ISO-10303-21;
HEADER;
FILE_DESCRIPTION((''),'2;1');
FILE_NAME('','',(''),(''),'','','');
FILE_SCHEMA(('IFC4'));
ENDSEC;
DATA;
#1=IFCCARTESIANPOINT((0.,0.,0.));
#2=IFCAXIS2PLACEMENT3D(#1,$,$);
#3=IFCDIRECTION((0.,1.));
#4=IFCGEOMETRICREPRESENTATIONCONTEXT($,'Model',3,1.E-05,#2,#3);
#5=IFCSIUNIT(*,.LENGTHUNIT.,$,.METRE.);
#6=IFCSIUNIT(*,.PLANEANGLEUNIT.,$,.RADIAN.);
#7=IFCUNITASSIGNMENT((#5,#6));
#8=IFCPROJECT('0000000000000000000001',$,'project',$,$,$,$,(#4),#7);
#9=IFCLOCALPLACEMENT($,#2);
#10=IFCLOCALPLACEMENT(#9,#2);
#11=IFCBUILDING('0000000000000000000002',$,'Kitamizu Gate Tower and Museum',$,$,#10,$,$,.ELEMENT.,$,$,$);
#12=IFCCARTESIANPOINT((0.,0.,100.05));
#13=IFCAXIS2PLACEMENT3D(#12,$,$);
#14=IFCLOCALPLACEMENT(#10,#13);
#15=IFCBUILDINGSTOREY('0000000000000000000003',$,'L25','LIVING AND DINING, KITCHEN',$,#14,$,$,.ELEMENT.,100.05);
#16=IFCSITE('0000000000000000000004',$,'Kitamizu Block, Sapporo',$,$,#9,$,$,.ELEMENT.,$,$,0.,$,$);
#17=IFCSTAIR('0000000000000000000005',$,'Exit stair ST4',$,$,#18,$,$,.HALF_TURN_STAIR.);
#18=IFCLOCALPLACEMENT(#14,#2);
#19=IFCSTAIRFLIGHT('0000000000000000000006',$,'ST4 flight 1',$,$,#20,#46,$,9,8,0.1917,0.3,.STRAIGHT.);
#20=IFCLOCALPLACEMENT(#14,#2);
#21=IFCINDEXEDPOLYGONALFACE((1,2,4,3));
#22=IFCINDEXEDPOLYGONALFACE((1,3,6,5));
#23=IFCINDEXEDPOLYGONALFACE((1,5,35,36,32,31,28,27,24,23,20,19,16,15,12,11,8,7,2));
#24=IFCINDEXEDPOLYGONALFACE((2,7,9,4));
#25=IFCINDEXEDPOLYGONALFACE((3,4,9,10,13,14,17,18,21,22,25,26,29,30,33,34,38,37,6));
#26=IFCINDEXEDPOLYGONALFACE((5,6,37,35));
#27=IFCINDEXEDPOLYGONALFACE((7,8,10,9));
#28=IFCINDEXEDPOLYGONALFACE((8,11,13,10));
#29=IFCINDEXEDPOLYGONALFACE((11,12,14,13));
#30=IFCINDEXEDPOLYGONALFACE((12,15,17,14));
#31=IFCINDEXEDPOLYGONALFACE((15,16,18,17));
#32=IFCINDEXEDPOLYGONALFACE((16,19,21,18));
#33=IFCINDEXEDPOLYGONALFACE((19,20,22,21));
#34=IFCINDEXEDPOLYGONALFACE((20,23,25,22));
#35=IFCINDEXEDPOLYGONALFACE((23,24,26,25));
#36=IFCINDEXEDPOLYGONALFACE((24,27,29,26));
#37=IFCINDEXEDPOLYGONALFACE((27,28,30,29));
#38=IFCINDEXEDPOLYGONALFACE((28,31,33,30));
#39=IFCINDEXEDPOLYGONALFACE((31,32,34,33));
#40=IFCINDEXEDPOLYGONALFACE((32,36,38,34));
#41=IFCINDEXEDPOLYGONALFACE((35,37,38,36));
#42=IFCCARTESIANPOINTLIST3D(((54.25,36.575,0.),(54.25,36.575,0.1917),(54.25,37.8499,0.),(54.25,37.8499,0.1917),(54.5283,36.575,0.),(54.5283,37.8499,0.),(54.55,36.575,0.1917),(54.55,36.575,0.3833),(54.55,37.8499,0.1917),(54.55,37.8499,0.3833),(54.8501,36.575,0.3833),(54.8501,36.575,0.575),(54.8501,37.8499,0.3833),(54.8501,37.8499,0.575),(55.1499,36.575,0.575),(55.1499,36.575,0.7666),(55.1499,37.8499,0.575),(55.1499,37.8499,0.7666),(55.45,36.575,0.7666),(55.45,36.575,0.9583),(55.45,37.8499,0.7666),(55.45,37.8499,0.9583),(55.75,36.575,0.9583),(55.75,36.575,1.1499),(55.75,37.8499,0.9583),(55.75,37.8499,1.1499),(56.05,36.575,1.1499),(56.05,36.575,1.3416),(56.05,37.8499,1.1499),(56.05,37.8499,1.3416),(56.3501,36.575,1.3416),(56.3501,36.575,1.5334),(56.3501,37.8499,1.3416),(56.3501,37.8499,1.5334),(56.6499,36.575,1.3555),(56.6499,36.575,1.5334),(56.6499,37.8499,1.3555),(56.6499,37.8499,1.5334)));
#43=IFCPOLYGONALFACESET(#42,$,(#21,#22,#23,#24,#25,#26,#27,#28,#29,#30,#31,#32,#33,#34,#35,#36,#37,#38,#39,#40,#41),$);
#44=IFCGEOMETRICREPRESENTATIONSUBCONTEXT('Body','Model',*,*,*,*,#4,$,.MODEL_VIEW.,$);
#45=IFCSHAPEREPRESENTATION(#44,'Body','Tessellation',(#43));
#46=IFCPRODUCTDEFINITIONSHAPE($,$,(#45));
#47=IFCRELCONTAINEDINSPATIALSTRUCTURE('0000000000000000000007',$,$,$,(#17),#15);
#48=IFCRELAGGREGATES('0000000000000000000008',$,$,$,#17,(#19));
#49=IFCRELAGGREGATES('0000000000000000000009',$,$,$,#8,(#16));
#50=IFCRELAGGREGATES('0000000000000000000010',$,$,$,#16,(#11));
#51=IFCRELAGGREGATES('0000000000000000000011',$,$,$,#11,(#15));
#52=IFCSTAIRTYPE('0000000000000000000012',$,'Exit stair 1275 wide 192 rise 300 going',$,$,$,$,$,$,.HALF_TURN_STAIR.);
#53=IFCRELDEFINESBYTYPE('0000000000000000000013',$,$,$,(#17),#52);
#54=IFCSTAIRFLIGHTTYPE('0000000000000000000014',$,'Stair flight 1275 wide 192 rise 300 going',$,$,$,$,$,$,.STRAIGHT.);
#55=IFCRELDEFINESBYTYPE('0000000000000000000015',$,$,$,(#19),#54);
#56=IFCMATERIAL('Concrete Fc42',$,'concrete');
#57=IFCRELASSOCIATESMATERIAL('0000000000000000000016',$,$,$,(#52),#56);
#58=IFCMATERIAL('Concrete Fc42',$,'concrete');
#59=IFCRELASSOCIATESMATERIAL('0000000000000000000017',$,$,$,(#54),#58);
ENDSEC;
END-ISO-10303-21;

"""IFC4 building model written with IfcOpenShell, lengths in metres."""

from ifc_helpers import new_model, si_unit, direction, frame, origin, place, context, subcontext, project, spatial, polyline, outline, extrude, material, type_object, element, aggregate, save


model = new_model("IFC4")

# Units and contexts
model_context = context("Model", 3, precision=1e-05, world=origin(), true_north=direction((0.0, 1.0)))
body_context = subcontext(model_context, "Body", "Model", "MODEL_VIEW")
ifc_project = project(units=[si_unit("LENGTHUNIT", "METRE"), si_unit("PLANEANGLEUNIT", "RADIAN")], contexts=[model_context])

# Site, building, storey
site_placement = place(None, origin())
site = spatial("IfcSite", under=ifc_project, at=site_placement, Name="Kitamizu Block, Sapporo", CompositionType="ELEMENT", RefElevation=0.0)
building_placement = place(site_placement, origin())
building = spatial("IfcBuilding", under=site, at=building_placement, Name="Kitamizu Gate Tower and Museum", CompositionType="ELEMENT")
storey_placement = place(building_placement, frame((0.0, 0.0, 100.05)))
storey = spatial("IfcBuildingStorey", under=building, at=storey_placement, Name="L25", Description="LIVING AND DINING, KITCHEN", CompositionType="ELEMENT", Elevation=100.05)

# Stair, stair flight
ifc_material_1 = material(Name="Concrete Fc42", Category="concrete")
stair_type = type_object("IfcStairType", Name="Exit stair 1275 wide 192 rise 300 going", PredefinedType="HALF_TURN_STAIR", material=ifc_material_1)
stair_placement = place(storey_placement, origin())
stair = element("IfcStair", 1, at=stair_placement, inside=storey, type_object=stair_type, Name="Exit stair ST4", PredefinedType="HALF_TURN_STAIR")
ifc_material_2 = material(Name="Concrete Fc42", Category="concrete")
stair_flight_type = type_object("IfcStairFlightType", Name="Stair flight 1275 wide 192 rise 300 going", PredefinedType="STRAIGHT", material=ifc_material_2)
stair_flight_placement = place(storey_placement, frame((54.25, 37.2124, 0.0), z_axis=(0.0, 0.0, 1.0), x_axis=(1.0, 0.0, 0.0)))
stair_flight = element("IfcStairFlight", 2, at=stair_flight_placement, type_object=stair_flight_type, Name="ST4 flight 1", NumberOfRisers=9, NumberOfTreads=8, PredefinedType="STRAIGHT", RiserHeight=0.1917, TreadLength=0.3, context=body_context, shape_type="SweptSolid", body=[
    extrude(outline(polyline([(0.0, 0.0), (0.0, 0.1917), (0.3, 0.1917), (0.3, 0.3833), (0.6001, 0.3833), (0.6001, 0.575), (0.8999, 0.575), (0.8999, 0.7666), (1.2, 0.7666), (1.2, 0.9583), (1.5, 0.9583), (1.5, 1.1499), (1.8, 1.1499), (1.8, 1.3416), (2.1001, 1.3416), (2.1001, 1.5334), (2.3999, 1.5334), (2.3999, 1.7251), (2.3999, 1.3555), (0.2783, 0.0), (0.0, 0.0)])), frame((0.0, 0.6375, 0.0), z_axis=(0.0, -1.0, 0.0), x_axis=(1.0, 0.0, 0.0)), (0.0, 0.0, 1.0), 1.2749),
])
aggregate(stair, [stair_flight])

save(model, "model.ifc")
